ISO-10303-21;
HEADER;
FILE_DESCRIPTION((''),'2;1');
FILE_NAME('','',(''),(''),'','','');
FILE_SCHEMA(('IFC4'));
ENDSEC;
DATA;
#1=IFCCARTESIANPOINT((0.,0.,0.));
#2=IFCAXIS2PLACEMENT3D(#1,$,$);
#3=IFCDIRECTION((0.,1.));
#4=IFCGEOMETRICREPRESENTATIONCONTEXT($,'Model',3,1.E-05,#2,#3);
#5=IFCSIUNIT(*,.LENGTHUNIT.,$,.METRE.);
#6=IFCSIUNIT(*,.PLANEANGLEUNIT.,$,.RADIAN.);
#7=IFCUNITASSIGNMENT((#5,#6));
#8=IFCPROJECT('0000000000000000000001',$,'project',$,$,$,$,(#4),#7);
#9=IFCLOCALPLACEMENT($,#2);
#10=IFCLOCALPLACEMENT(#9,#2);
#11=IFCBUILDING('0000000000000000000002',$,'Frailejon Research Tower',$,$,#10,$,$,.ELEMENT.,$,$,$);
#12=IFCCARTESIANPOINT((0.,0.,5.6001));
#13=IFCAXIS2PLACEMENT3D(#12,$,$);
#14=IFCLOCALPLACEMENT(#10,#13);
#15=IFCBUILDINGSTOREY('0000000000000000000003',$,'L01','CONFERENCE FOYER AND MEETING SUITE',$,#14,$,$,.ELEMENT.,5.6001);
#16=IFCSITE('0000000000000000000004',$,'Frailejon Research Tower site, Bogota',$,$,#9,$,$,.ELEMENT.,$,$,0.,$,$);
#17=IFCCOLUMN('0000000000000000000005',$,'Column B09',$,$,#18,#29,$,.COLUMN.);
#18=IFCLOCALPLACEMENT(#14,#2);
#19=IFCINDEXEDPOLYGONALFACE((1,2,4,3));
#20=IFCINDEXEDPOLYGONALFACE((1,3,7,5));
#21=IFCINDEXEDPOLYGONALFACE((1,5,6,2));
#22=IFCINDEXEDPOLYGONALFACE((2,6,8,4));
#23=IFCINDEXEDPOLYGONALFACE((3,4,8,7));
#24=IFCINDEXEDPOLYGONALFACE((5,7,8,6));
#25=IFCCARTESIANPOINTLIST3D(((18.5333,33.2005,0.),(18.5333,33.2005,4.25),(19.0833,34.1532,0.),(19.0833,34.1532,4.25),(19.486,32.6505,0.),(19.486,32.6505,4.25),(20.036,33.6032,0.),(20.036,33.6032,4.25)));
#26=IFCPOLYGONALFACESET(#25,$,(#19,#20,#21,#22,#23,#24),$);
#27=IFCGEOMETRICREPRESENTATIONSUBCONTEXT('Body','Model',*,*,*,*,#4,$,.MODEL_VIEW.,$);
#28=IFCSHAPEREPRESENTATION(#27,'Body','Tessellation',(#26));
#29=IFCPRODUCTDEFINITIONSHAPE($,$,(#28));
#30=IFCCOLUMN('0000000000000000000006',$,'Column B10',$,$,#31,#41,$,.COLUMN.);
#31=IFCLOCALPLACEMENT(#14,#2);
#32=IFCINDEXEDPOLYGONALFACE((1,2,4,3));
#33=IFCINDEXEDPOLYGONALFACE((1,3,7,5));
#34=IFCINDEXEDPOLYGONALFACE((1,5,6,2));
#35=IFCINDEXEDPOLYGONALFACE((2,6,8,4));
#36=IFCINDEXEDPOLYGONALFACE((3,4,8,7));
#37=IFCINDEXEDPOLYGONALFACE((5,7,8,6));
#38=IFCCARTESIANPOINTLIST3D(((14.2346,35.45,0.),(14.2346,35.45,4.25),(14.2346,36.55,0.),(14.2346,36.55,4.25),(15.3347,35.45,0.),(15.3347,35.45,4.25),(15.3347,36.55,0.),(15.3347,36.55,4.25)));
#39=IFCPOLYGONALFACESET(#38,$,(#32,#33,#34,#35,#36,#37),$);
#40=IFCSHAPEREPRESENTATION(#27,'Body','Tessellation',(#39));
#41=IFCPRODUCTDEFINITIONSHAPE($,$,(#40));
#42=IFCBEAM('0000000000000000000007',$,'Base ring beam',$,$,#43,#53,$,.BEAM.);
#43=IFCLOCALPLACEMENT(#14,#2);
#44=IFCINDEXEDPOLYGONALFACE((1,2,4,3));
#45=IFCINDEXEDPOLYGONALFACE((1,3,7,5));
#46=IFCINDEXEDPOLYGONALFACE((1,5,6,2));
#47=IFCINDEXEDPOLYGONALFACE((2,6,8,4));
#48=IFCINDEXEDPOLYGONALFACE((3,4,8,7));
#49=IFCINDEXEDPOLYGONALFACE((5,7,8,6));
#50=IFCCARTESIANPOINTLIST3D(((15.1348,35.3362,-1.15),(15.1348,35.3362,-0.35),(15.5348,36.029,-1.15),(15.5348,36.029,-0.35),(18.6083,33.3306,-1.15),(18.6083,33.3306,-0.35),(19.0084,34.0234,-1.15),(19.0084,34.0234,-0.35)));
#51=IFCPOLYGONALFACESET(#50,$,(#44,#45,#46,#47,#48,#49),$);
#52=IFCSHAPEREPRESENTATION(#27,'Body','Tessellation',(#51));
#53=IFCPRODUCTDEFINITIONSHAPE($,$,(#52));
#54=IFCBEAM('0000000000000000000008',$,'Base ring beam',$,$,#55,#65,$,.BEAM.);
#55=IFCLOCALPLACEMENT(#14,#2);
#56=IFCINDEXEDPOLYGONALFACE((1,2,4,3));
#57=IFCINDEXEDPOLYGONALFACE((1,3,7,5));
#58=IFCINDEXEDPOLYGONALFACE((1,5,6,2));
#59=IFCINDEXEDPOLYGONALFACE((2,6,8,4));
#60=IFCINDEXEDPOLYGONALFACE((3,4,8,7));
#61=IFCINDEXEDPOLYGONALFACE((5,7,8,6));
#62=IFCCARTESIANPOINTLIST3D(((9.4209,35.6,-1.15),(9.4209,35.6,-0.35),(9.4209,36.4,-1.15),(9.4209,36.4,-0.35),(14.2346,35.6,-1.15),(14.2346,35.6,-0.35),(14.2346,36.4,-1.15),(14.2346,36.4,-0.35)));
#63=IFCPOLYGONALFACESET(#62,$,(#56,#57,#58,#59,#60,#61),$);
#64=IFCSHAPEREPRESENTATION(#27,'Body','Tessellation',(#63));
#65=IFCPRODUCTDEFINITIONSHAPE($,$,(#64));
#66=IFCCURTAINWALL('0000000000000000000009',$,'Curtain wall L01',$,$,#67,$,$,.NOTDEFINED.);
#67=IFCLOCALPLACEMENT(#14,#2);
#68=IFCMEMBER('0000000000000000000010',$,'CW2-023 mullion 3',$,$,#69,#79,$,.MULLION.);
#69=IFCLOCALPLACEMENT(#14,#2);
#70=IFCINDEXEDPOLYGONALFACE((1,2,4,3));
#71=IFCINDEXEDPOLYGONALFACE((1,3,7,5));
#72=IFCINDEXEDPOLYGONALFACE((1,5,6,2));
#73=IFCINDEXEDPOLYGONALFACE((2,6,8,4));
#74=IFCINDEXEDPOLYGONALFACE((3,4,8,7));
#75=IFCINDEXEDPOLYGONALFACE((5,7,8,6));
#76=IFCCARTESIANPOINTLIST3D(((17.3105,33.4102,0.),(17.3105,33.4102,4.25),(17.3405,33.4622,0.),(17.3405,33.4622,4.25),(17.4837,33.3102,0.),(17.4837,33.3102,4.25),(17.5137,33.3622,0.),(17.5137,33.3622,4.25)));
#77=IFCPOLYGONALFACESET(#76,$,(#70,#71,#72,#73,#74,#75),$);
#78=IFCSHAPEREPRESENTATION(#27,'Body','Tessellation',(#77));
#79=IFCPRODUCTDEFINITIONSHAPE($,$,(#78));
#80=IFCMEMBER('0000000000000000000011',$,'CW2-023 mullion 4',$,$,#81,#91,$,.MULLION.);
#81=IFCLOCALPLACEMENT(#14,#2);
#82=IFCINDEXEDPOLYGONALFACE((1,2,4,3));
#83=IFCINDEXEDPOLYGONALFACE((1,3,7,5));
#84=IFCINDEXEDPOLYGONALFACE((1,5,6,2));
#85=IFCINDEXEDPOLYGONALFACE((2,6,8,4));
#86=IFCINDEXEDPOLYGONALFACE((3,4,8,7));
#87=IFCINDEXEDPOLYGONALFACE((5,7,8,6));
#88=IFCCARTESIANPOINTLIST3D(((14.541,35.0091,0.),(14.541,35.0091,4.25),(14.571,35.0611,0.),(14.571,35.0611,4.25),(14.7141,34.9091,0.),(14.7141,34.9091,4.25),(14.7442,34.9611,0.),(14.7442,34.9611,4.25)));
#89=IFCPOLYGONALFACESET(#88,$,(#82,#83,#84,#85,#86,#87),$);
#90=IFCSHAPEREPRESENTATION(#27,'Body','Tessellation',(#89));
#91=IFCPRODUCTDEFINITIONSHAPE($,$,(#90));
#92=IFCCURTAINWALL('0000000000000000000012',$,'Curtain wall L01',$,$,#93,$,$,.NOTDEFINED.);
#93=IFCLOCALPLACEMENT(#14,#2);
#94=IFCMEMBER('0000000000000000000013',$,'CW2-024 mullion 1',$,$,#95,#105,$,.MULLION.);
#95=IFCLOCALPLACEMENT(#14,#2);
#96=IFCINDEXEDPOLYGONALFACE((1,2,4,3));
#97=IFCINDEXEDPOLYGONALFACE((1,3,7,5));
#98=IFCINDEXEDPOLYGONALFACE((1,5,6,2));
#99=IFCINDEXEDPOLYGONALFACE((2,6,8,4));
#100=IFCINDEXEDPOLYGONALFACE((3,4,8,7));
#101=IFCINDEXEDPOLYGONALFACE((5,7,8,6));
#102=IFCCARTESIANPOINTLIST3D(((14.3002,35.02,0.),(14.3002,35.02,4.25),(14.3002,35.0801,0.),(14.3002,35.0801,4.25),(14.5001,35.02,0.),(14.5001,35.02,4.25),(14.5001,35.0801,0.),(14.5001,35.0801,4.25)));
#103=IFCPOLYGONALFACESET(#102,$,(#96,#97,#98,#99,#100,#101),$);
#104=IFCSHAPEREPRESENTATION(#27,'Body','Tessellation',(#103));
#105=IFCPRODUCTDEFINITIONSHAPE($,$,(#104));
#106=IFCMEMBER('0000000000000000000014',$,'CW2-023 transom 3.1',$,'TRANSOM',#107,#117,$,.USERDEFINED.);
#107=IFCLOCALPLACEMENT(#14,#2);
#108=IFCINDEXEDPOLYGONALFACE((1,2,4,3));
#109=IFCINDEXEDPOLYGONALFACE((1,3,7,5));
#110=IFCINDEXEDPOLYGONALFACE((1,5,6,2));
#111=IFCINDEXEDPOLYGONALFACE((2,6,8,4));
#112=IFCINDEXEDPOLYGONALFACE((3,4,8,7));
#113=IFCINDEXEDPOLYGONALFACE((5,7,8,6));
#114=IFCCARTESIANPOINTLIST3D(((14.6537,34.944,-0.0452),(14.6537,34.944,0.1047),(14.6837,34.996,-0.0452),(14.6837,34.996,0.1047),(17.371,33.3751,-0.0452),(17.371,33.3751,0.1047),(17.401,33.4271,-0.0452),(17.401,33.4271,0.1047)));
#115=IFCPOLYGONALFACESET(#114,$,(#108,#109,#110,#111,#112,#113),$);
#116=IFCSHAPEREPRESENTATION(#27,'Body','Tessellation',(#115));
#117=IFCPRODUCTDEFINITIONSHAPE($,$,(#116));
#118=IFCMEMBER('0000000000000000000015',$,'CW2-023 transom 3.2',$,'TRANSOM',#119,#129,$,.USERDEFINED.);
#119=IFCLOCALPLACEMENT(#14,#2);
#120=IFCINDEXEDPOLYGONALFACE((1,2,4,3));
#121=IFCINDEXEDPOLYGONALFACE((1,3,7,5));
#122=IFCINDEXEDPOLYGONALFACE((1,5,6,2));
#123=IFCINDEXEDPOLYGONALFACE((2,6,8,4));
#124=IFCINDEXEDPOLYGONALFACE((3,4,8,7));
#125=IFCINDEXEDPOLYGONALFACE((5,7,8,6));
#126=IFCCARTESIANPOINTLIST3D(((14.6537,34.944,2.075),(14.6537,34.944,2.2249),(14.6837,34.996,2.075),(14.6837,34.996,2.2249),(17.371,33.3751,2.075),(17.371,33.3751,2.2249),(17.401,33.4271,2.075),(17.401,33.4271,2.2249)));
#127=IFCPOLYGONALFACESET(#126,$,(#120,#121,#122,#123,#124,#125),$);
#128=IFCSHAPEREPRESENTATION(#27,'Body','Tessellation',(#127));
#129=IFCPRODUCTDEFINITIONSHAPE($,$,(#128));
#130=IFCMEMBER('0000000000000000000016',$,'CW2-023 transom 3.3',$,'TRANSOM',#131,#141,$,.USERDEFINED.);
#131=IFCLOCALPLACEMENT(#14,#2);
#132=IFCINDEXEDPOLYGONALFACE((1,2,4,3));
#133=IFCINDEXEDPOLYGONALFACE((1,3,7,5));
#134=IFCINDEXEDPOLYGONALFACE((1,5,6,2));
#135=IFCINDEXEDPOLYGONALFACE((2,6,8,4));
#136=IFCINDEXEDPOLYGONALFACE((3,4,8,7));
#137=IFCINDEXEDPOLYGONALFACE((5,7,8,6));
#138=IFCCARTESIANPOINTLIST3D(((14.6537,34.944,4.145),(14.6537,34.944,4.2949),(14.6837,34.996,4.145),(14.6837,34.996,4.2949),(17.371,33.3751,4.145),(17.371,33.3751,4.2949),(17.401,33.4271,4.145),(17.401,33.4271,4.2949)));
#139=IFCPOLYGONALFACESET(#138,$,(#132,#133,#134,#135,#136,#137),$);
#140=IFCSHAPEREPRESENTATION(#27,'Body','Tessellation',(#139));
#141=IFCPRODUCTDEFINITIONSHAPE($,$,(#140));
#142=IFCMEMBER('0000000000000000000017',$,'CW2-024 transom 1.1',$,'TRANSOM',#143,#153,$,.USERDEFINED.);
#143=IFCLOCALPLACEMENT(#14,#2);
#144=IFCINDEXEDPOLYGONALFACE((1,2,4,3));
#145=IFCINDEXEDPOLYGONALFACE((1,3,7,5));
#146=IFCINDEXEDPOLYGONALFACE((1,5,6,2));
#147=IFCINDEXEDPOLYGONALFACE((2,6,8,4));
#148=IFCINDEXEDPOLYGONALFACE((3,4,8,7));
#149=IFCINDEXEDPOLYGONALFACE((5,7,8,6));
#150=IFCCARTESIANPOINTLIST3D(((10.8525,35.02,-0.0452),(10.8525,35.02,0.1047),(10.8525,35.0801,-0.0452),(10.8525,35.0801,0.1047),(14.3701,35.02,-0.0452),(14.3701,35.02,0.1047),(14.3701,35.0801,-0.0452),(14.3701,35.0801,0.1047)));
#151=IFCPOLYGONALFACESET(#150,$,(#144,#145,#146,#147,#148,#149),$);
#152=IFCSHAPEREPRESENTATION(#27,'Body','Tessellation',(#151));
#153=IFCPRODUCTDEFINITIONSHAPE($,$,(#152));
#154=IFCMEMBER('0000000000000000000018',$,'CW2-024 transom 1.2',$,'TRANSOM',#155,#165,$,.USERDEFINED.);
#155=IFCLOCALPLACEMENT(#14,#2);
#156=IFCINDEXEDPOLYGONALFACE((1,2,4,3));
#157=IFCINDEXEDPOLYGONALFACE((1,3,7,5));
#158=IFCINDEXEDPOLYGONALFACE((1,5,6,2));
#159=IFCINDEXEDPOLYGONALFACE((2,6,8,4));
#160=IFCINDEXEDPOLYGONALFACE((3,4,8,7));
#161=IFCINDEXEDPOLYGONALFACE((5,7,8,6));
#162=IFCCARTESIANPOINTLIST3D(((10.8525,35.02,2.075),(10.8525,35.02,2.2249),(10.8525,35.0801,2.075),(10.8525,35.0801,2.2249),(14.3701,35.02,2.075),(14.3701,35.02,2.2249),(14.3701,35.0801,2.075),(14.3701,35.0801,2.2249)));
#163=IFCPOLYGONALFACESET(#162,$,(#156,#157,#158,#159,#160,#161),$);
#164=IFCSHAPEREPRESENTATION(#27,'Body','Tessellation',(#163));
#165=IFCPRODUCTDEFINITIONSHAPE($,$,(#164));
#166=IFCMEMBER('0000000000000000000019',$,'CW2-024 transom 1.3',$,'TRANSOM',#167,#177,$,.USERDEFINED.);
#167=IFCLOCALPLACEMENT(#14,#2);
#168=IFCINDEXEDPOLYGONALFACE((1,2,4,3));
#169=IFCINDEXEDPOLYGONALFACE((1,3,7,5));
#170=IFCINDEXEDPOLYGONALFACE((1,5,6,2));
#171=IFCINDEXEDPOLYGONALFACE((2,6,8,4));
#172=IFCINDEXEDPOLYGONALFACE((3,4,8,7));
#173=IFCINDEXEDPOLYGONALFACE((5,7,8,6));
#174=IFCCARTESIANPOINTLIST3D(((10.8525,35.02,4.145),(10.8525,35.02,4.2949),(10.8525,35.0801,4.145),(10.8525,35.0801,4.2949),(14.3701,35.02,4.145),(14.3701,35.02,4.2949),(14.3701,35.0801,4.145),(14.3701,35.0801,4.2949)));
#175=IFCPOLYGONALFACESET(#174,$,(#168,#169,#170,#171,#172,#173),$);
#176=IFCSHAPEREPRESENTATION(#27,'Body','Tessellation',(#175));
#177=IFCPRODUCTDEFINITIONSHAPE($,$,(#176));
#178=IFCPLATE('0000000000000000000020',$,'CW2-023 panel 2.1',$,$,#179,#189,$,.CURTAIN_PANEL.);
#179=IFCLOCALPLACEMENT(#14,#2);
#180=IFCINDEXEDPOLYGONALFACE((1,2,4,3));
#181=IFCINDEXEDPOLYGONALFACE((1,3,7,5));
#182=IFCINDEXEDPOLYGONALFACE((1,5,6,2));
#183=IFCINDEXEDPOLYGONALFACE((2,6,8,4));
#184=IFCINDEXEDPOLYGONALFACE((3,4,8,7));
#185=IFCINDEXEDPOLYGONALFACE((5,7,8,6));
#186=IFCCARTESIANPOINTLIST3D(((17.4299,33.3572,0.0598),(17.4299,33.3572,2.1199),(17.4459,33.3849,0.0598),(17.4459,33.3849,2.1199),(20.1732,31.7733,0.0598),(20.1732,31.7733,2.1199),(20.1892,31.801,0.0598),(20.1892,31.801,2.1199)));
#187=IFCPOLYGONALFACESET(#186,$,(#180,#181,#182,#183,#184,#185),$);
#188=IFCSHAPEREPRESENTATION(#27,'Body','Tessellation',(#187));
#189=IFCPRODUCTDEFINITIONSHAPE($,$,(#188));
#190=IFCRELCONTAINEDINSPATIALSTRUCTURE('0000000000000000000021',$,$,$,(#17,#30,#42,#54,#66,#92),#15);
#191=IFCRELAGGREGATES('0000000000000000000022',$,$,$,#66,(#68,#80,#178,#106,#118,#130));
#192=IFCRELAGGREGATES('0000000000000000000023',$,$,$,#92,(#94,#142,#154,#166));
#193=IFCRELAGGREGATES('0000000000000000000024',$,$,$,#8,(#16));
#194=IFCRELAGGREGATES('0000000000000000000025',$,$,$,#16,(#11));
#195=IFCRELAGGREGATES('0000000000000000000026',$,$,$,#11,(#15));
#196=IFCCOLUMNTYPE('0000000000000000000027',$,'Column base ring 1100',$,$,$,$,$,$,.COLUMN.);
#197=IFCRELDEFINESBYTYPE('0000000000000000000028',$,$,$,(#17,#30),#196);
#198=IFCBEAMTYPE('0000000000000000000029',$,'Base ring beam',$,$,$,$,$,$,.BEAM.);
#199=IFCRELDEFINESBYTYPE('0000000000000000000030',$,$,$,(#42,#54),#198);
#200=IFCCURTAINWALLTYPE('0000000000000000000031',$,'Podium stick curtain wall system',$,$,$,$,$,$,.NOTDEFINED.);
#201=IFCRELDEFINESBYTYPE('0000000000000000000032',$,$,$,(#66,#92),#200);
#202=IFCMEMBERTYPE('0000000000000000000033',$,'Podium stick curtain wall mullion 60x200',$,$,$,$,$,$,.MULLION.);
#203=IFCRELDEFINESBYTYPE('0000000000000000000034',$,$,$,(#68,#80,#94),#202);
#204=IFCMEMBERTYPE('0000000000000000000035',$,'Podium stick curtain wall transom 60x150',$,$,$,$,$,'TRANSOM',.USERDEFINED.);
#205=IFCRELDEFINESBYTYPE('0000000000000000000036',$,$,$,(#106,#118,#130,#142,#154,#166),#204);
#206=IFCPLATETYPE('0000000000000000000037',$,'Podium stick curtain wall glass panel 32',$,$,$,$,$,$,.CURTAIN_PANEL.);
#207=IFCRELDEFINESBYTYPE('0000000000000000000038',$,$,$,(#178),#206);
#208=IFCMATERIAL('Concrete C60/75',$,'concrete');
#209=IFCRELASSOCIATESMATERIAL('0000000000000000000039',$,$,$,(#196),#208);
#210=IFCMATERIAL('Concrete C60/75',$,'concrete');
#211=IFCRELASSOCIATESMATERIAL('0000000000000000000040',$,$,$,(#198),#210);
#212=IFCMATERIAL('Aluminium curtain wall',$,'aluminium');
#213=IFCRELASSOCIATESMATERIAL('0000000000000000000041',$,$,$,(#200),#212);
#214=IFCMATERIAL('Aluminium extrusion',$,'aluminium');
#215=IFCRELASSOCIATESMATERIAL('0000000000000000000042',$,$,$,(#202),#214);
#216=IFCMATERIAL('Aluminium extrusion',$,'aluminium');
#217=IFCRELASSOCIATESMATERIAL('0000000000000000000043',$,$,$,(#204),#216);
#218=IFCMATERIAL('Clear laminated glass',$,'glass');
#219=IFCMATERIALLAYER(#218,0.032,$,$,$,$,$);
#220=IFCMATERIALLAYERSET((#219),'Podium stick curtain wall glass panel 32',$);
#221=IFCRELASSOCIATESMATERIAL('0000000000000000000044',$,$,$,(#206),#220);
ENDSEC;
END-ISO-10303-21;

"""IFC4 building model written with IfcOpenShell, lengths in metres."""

from ifc_helpers import new_model, si_unit, direction, frame, origin, origin_2d, place, context, subcontext, project, spatial, rectangle, extrude, material, layer, layer_set, material_profile, profile_set, type_object, element, aggregate, save


model = new_model("IFC4")

# Units and contexts
model_context = context("Model", 3, precision=1e-05, world=origin(), true_north=direction((0.0, 1.0)))
body_context = subcontext(model_context, "Body", "Model", "MODEL_VIEW")
ifc_project = project(units=[si_unit("LENGTHUNIT", "METRE"), si_unit("PLANEANGLEUNIT", "RADIAN")], contexts=[model_context])

# Site, building, storey
site_placement = place(None, origin())
site = spatial("IfcSite", under=ifc_project, at=site_placement, Name="Frailejon Research Tower site, Bogota", CompositionType="ELEMENT", RefElevation=0.0)
building_placement = place(site_placement, origin())
building = spatial("IfcBuilding", under=site, at=building_placement, Name="Frailejon Research Tower", CompositionType="ELEMENT")
storey_placement = place(building_placement, frame((0.0, 0.0, 5.6001)))
storey = spatial("IfcBuildingStorey", under=building, at=storey_placement, Name="L01", Description="CONFERENCE FOYER AND MEETING SUITE", CompositionType="ELEMENT", Elevation=5.6001)

# Columns
ifc_material_1 = material(Name="Concrete C60/75", Category="concrete")
ifc_material_profile_1 = material_profile(ifc_material_1, rectangle(XDim=1.1001, YDim=1.1001, at=origin_2d()), Name="Column base ring 1100")
ifc_profile_set_1 = profile_set([ifc_material_profile_1], Name="Concrete C60/75")
column_type = type_object("IfcColumnType", Name="Column base ring 1100", PredefinedType="COLUMN", material=ifc_profile_set_1)
for number, where, z_axis, x_axis, name in (
    (1, (19.2847, 33.4019, 0.0), (0.0, 0.0, 1.0), (-0.866025, 0.5, 0.0), "Column B09"),
    (2, (14.7847, 36.0, 0.0), (0.0, 0.0, 1.0), (-1.0, 0.0, 0.0), "Column B10"),
):
    element("IfcColumn", number, at=place(storey_placement, frame(where, z_axis=z_axis, x_axis=x_axis)), inside=storey, type_object=column_type, Name=name, PredefinedType="COLUMN", context=body_context, shape_type="SweptSolid", body=[
        extrude(rectangle(XDim=1.1001, YDim=1.1001, at=origin_2d()), origin(), (0.0, 0.0, 1.0), 4.25),
    ])

# Beams
ifc_material_2 = material(Name="Concrete C60/75", Category="concrete")
ifc_material_profile_2 = material_profile(ifc_material_2, rectangle(XDim=0.8, YDim=0.8, at=origin_2d()), Name="Base ring beam")
ifc_profile_set_2 = profile_set([ifc_material_profile_2], Name="Concrete C60/75")
beam_type = type_object("IfcBeamType", Name="Base ring beam", PredefinedType="BEAM", material=ifc_profile_set_2)
beam_1_placement = place(storey_placement, frame((18.8083, 33.677, -0.75), z_axis=(-0.866013, 0.500021, 0.0), x_axis=(-0.500021, -0.866013, 0.0)))
element("IfcBeam", 3, at=beam_1_placement, inside=storey, type_object=beam_type, Name="Base ring beam", PredefinedType="BEAM", context=body_context, shape_type="SweptSolid", body=[
    extrude(rectangle(XDim=0.8, YDim=0.8, at=origin_2d()), origin(), (0.0, 0.0, 1.0), 4.011),
])
beam_2_placement = place(storey_placement, frame((14.2346, 36.0, -0.75), z_axis=(-1.0, 0.0, 0.0), x_axis=(0.0, -1.0, 0.0)))
element("IfcBeam", 4, at=beam_2_placement, inside=storey, type_object=beam_type, Name="Base ring beam", PredefinedType="BEAM", context=body_context, shape_type="SweptSolid", body=[
    extrude(rectangle(XDim=0.8, YDim=0.8, at=origin_2d()), origin(), (0.0, 0.0, 1.0), 4.8137),
])

# Curtain wall, members
ifc_material_3 = material(Name="Aluminium curtain wall", Category="aluminium")
curtain_wall_type = type_object("IfcCurtainWallType", Name="Podium stick curtain wall system", PredefinedType="NOTDEFINED", material=ifc_material_3)
curtain_wall_1_placement = place(storey_placement, origin())
curtain_wall_1 = element("IfcCurtainWall", 5, at=curtain_wall_1_placement, inside=storey, type_object=curtain_wall_type, Name="Curtain wall L01", PredefinedType="NOTDEFINED")
ifc_material_4 = material(Name="Aluminium extrusion", Category="aluminium")
ifc_material_profile_3 = material_profile(ifc_material_4, rectangle(XDim=0.0601, YDim=0.2, at=origin_2d()), Name="Podium stick curtain wall mullion 60x200")
ifc_profile_set_3 = profile_set([ifc_material_profile_3], Name="Aluminium extrusion")
member_type_1 = type_object("IfcMemberType", Name="Podium stick curtain wall mullion 60x200", PredefinedType="MULLION", material=ifc_profile_set_3)
member_1_placement = place(storey_placement, frame((17.4121, 33.3862, 0.0), z_axis=(0.0, 0.0, 1.0), x_axis=(-0.5, -0.866025, 0.0)))
member_1 = element("IfcMember", 6, at=member_1_placement, type_object=member_type_1, Name="CW2-023 mullion 3", PredefinedType="MULLION", context=body_context, shape_type="SweptSolid", body=[
    extrude(rectangle(XDim=0.0601, YDim=0.2, at=origin_2d()), origin(), (0.0, 0.0, 1.0), 4.25),
])
member_2_placement = place(storey_placement, frame((14.6426, 34.9851, 0.0), z_axis=(0.0, 0.0, 1.0), x_axis=(-0.5, -0.866025, 0.0)))
member_2 = element("IfcMember", 7, at=member_2_placement, type_object=member_type_1, Name="CW2-023 mullion 4", PredefinedType="MULLION", context=body_context, shape_type="SweptSolid", body=[
    extrude(rectangle(XDim=0.0601, YDim=0.2, at=origin_2d()), origin(), (0.0, 0.0, 1.0), 4.25),
])

# Curtain wall, member
curtain_wall_2_placement = place(storey_placement, origin())
curtain_wall_2 = element("IfcCurtainWall", 8, at=curtain_wall_2_placement, inside=storey, type_object=curtain_wall_type, Name="Curtain wall L01", PredefinedType="NOTDEFINED")
member_3_placement = place(storey_placement, frame((14.4001, 35.05, 0.0), z_axis=(0.0, 0.0, 1.0), x_axis=(0.0, -1.0, 0.0)))
member_3 = element("IfcMember", 9, at=member_3_placement, type_object=member_type_1, Name="CW2-024 mullion 1", PredefinedType="MULLION", context=body_context, shape_type="SweptSolid", body=[
    extrude(rectangle(XDim=0.0601, YDim=0.2, at=origin_2d()), origin(), (0.0, 0.0, 1.0), 4.25),
])

# Members
ifc_material_5 = material(Name="Aluminium extrusion", Category="aluminium")
ifc_material_profile_4 = material_profile(ifc_material_5, rectangle(XDim=0.0601, YDim=0.1499, at=origin_2d()), Name="Podium stick curtain wall transom 60x150")
ifc_profile_set_4 = profile_set([ifc_material_profile_4], Name="Aluminium extrusion")
member_type_2 = type_object("IfcMemberType", Name="Podium stick curtain wall transom 60x150", ElementType="TRANSOM", PredefinedType="USERDEFINED", material=ifc_profile_set_4)
member_4_placement = place(storey_placement, frame((17.386, 33.4011, 0.0298), z_axis=(-0.866022, 0.500005, 0.0), x_axis=(-0.500005, -0.866022, 0.0)))
member_4 = element("IfcMember", 10, at=member_4_placement, type_object=member_type_2, Name="CW2-023 transom 3.1", ObjectType="TRANSOM", PredefinedType="USERDEFINED", context=body_context, shape_type="SweptSolid", body=[
    extrude(rectangle(XDim=0.0601, YDim=0.1499, at=origin_2d()), origin(), (0.0, 0.0, 1.0), 3.1377),
])
member_5_placement = place(storey_placement, frame((17.386, 33.4011, 2.1499), z_axis=(-0.866022, 0.500005, 0.0), x_axis=(-0.500005, -0.866022, 0.0)))
member_5 = element("IfcMember", 11, at=member_5_placement, type_object=member_type_2, Name="CW2-023 transom 3.2", ObjectType="TRANSOM", PredefinedType="USERDEFINED", context=body_context, shape_type="SweptSolid", body=[
    extrude(rectangle(XDim=0.0601, YDim=0.1499, at=origin_2d()), origin(), (0.0, 0.0, 1.0), 3.1377),
])
member_6_placement = place(storey_placement, frame((17.386, 33.4011, 4.22), z_axis=(-0.866022, 0.500005, 0.0), x_axis=(-0.500005, -0.866022, 0.0)))
member_6 = element("IfcMember", 12, at=member_6_placement, type_object=member_type_2, Name="CW2-023 transom 3.3", ObjectType="TRANSOM", PredefinedType="USERDEFINED", context=body_context, shape_type="SweptSolid", body=[
    extrude(rectangle(XDim=0.0601, YDim=0.1499, at=origin_2d()), origin(), (0.0, 0.0, 1.0), 3.1377),
])
member_7_placement = place(storey_placement, frame((14.3701, 35.05, 0.0298), z_axis=(-1.0, 0.0, 0.0), x_axis=(0.0, -1.0, 0.0)))
member_7 = element("IfcMember", 13, at=member_7_placement, type_object=member_type_2, Name="CW2-024 transom 1.1", ObjectType="TRANSOM", PredefinedType="USERDEFINED", context=body_context, shape_type="SweptSolid", body=[
    extrude(rectangle(XDim=0.0601, YDim=0.1499, at=origin_2d()), origin(), (0.0, 0.0, 1.0), 3.5176),
])
member_8_placement = place(storey_placement, frame((14.3701, 35.05, 2.1499), z_axis=(-1.0, 0.0, 0.0), x_axis=(0.0, -1.0, 0.0)))
member_8 = element("IfcMember", 14, at=member_8_placement, type_object=member_type_2, Name="CW2-024 transom 1.2", ObjectType="TRANSOM", PredefinedType="USERDEFINED", context=body_context, shape_type="SweptSolid", body=[
    extrude(rectangle(XDim=0.0601, YDim=0.1499, at=origin_2d()), origin(), (0.0, 0.0, 1.0), 3.5176),
])
member_9_placement = place(storey_placement, frame((14.3701, 35.05, 4.22), z_axis=(-1.0, 0.0, 0.0), x_axis=(0.0, -1.0, 0.0)))
member_9 = element("IfcMember", 15, at=member_9_placement, type_object=member_type_2, Name="CW2-024 transom 1.3", ObjectType="TRANSOM", PredefinedType="USERDEFINED", context=body_context, shape_type="SweptSolid", body=[
    extrude(rectangle(XDim=0.0601, YDim=0.1499, at=origin_2d()), origin(), (0.0, 0.0, 1.0), 3.5176),
])

# Plate
ifc_material_6 = material(Name="Clear laminated glass", Category="glass")
ifc_layer_1 = layer(ifc_material_6, 0.032)
ifc_layer_set_1 = layer_set([ifc_layer_1], Name="Podium stick curtain wall glass panel 32")
plate_type = type_object("IfcPlateType", Name="Podium stick curtain wall glass panel 32", PredefinedType="CURTAIN_PANEL", material=ifc_layer_set_1)
plate_1_placement = place(storey_placement, frame((18.8096, 32.5791, 0.0598), z_axis=(0.0, 0.0, 1.0), x_axis=(-0.866025, 0.5, 0.0)))
plate_1 = element("IfcPlate", 16, at=plate_1_placement, type_object=plate_type, Name="CW2-023 panel 2.1", PredefinedType="CURTAIN_PANEL", context=body_context, shape_type="SweptSolid", body=[
    extrude(rectangle(XDim=3.1677, YDim=0.032, at=origin_2d()), origin(), (0.0, 0.0, 1.0), 2.0601),
])
aggregate(curtain_wall_1, [member_1, member_2, plate_1, member_4, member_5, member_6])
aggregate(curtain_wall_2, [member_3, member_7, member_8, member_9])

save(model, "model.ifc")
